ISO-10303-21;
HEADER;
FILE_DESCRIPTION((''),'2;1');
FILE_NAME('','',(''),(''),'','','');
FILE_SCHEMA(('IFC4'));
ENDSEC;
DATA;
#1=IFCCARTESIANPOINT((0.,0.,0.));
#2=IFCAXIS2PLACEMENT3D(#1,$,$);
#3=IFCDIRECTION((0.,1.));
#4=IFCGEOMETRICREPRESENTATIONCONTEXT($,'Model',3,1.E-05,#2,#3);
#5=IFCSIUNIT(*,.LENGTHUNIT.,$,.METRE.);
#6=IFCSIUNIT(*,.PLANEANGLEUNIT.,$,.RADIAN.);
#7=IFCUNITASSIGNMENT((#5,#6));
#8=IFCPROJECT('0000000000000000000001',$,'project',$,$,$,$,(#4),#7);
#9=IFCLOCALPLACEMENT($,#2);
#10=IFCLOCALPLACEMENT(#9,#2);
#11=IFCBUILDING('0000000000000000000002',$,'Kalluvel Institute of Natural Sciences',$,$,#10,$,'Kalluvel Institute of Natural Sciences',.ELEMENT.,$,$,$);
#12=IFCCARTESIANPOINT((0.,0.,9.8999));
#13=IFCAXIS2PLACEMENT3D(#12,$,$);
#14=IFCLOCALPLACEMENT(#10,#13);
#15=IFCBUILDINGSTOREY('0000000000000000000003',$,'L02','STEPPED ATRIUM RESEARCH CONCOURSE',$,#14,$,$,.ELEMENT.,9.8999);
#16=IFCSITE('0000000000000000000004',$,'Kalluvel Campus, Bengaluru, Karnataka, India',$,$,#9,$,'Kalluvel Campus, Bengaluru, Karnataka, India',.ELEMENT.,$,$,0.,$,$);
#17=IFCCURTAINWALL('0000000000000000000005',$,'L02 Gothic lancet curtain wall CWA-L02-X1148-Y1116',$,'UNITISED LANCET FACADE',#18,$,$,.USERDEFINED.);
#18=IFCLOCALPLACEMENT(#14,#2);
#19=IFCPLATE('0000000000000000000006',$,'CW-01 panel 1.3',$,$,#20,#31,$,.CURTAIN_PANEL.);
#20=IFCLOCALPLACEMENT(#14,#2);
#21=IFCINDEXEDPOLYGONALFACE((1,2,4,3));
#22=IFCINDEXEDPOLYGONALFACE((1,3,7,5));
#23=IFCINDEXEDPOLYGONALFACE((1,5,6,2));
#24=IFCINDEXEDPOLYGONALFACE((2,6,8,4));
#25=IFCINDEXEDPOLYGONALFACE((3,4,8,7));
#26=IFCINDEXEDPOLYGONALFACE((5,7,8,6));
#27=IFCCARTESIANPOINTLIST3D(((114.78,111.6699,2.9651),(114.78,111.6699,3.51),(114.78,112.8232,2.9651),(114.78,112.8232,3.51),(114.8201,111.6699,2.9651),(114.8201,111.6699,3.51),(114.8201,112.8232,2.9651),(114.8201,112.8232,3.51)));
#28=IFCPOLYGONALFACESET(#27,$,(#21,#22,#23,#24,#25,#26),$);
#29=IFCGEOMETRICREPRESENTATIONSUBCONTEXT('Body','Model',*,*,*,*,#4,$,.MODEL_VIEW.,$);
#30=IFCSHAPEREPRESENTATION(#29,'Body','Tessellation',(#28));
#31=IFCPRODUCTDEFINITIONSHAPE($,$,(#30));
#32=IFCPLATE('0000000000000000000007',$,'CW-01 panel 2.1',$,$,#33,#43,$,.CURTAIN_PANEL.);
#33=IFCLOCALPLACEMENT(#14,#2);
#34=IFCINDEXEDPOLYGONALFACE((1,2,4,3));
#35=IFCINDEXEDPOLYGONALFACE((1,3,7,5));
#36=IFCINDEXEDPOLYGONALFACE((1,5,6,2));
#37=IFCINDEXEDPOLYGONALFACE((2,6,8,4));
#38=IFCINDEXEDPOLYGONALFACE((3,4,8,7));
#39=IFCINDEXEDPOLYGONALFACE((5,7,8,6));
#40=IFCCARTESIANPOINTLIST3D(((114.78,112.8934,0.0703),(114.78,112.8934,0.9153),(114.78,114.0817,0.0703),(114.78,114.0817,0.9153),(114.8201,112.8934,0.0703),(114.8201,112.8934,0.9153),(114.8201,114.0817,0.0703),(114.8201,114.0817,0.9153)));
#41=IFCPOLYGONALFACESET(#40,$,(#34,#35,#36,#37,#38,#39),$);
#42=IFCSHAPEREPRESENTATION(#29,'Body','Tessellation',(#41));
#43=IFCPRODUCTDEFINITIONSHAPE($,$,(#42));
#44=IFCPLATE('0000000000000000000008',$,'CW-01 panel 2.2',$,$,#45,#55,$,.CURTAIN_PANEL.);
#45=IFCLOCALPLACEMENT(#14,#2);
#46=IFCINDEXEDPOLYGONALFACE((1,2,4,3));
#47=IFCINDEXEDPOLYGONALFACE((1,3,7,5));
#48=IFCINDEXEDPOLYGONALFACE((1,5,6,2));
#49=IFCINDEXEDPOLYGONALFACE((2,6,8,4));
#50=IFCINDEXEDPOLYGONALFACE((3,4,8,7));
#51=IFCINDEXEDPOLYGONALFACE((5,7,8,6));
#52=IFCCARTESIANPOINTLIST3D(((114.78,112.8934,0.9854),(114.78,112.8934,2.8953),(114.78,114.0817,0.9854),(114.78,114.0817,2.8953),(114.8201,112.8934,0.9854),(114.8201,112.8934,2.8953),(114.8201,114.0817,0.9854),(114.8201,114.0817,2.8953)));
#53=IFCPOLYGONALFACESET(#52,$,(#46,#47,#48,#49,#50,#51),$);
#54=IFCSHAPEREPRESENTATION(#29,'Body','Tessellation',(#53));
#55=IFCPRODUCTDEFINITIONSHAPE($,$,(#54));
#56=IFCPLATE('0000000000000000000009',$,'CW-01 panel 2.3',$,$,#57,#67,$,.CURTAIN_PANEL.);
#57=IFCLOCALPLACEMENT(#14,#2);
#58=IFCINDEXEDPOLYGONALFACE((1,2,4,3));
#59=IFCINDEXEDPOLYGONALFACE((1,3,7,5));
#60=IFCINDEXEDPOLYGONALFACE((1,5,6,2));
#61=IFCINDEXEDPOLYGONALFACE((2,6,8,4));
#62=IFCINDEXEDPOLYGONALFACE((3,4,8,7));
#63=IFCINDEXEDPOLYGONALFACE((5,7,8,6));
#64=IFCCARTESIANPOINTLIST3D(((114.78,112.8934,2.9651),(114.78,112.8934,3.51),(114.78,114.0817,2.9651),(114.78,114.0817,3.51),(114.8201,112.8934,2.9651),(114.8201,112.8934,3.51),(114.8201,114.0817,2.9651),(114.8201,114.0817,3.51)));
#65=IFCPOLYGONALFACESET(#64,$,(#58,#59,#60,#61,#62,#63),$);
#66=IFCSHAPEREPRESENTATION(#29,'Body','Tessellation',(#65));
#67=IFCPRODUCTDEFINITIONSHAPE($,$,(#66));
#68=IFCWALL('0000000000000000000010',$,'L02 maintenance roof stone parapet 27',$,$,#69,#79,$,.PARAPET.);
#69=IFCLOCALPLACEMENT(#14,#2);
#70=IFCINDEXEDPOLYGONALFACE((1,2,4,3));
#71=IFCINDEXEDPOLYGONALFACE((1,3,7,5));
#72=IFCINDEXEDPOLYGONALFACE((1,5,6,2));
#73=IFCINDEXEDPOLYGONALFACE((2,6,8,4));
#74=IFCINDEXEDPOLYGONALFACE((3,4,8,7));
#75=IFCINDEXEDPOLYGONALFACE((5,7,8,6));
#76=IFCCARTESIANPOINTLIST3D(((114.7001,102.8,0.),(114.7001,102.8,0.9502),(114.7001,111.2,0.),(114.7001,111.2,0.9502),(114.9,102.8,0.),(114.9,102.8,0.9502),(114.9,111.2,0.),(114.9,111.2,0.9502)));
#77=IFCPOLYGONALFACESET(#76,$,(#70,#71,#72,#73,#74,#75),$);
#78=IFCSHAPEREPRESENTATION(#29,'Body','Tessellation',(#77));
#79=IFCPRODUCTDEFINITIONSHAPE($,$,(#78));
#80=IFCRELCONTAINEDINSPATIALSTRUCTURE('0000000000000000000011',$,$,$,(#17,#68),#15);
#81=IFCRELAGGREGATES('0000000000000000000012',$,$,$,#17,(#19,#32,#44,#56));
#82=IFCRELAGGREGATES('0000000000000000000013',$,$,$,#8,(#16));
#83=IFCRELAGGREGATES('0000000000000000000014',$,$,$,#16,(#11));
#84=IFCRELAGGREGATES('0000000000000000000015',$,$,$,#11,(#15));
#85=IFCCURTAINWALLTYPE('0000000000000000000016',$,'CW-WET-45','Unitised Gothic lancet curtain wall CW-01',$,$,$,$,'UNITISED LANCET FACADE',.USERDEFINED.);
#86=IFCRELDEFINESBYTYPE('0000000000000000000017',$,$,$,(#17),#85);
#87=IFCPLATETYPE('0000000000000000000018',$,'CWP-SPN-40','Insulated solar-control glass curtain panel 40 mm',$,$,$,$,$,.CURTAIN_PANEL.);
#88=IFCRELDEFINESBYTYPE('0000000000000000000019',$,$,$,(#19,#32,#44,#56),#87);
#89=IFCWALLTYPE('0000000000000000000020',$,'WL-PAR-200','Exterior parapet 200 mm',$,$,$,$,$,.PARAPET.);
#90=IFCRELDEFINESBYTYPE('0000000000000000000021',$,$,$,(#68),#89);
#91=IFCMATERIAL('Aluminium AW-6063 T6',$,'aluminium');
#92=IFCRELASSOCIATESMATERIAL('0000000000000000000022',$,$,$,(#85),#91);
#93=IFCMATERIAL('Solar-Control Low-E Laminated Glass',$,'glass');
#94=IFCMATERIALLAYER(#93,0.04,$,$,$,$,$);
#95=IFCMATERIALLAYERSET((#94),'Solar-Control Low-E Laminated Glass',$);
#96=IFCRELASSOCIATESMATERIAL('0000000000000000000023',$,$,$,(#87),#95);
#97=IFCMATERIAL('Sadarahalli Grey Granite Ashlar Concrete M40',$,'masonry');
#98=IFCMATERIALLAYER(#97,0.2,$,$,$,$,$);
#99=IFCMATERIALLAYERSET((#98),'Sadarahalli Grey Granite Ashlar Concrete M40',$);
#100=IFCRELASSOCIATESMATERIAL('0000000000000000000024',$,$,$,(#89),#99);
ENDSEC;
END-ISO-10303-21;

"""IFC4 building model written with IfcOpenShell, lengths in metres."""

from ifc_helpers import new_model, si_unit, direction, frame, frame_2d, origin, origin_2d, place, context, subcontext, project, spatial, rectangle, extrude, material, layer, layer_set, type_object, element, aggregate, save


model = new_model("IFC4")

# Units and contexts
model_context = context("Model", 3, precision=1e-05, world=origin(), true_north=direction((0.0, 1.0)))
body_context = subcontext(model_context, "Body", "Model", "MODEL_VIEW")
ifc_project = project(units=[si_unit("LENGTHUNIT", "METRE"), si_unit("PLANEANGLEUNIT", "RADIAN")], contexts=[model_context])

# Site, building, storey
site_placement = place(None, origin())
site = spatial("IfcSite", under=ifc_project, at=site_placement, Name="Kalluvel Campus, Bengaluru, Karnataka, India", LongName="Kalluvel Campus, Bengaluru, Karnataka, India", CompositionType="ELEMENT", RefElevation=0.0)
building_placement = place(site_placement, origin())
building = spatial("IfcBuilding", under=site, at=building_placement, Name="Kalluvel Institute of Natural Sciences", LongName="Kalluvel Institute of Natural Sciences", CompositionType="ELEMENT")
storey_placement = place(building_placement, frame((0.0, 0.0, 9.8999)))
storey = spatial("IfcBuildingStorey", under=building, at=storey_placement, Name="L02", Description="STEPPED ATRIUM RESEARCH CONCOURSE", CompositionType="ELEMENT", Elevation=9.8999)

# Shared definitions
ifc_material_1 = material(Name="Aluminium AW-6063 T6", Category="aluminium")
curtain_wall_type = type_object("IfcCurtainWallType", Name="CW-WET-45", Description="Unitised Gothic lancet curtain wall CW-01", ElementType="UNITISED LANCET FACADE", PredefinedType="USERDEFINED", material=ifc_material_1)

# Curtain wall
curtain_wall_1_placement = place(storey_placement, origin())
curtain_wall_1 = element("IfcCurtainWall", 1, at=curtain_wall_1_placement, inside=storey, type_object=curtain_wall_type, Name="L02 Gothic lancet curtain wall CWA-L02-X1148-Y1116", ObjectType="UNITISED LANCET FACADE", PredefinedType="USERDEFINED")

# Plates
ifc_material_2 = material(Name="Solar-Control Low-E Laminated Glass", Category="glass")
ifc_layer_1 = layer(ifc_material_2, 0.04)
ifc_layer_set_1 = layer_set([ifc_layer_1], Name="Solar-Control Low-E Laminated Glass")
plate_type = type_object("IfcPlateType", Name="CWP-SPN-40", Description="Insulated solar-control glass curtain panel 40 mm", PredefinedType="CURTAIN_PANEL", material=ifc_layer_set_1)
plate_1_placement = place(storey_placement, frame((114.8, 112.2466, 2.9651), z_axis=(0.0, 0.0, 1.0), x_axis=(0.0, 1.0, 0.0)))
plate_1 = element("IfcPlate", 2, at=plate_1_placement, type_object=plate_type, Name="CW-01 panel 1.3", PredefinedType="CURTAIN_PANEL", context=body_context, shape_type="SweptSolid", body=[
    extrude(rectangle(XDim=1.1533, YDim=0.04, at=origin_2d()), origin(), (0.0, 0.0, 1.0), 0.5449),
])
plate_2_placement = place(storey_placement, frame((114.8, 113.4875, 0.0703), z_axis=(0.0, 0.0, 1.0), x_axis=(0.0, 1.0, 0.0)))
plate_2 = element("IfcPlate", 3, at=plate_2_placement, type_object=plate_type, Name="CW-01 panel 2.1", PredefinedType="CURTAIN_PANEL", context=body_context, shape_type="SweptSolid", body=[
    extrude(rectangle(XDim=1.1882, YDim=0.04, at=origin_2d()), origin(), (0.0, 0.0, 1.0), 0.845),
])
plate_3_placement = place(storey_placement, frame((114.8, 113.4875, 0.9854), z_axis=(0.0, 0.0, 1.0), x_axis=(0.0, 1.0, 0.0)))
plate_3 = element("IfcPlate", 4, at=plate_3_placement, type_object=plate_type, Name="CW-01 panel 2.2", PredefinedType="CURTAIN_PANEL", context=body_context, shape_type="SweptSolid", body=[
    extrude(rectangle(XDim=1.1882, YDim=0.04, at=origin_2d()), origin(), (0.0, 0.0, 1.0), 1.9099),
])
plate_4_placement = place(storey_placement, frame((114.8, 113.4875, 2.9651), z_axis=(0.0, 0.0, 1.0), x_axis=(0.0, 1.0, 0.0)))
plate_4 = element("IfcPlate", 5, at=plate_4_placement, type_object=plate_type, Name="CW-01 panel 2.3", PredefinedType="CURTAIN_PANEL", context=body_context, shape_type="SweptSolid", body=[
    extrude(rectangle(XDim=1.1882, YDim=0.04, at=origin_2d()), origin(), (0.0, 0.0, 1.0), 0.5449),
])
aggregate(curtain_wall_1, [plate_1, plate_2, plate_3, plate_4])

# Wall
ifc_material_3 = material(Name="Sadarahalli Grey Granite Ashlar Concrete M40", Category="masonry")
ifc_layer_2 = layer(ifc_material_3, 0.2)
ifc_layer_set_2 = layer_set([ifc_layer_2], Name="Sadarahalli Grey Granite Ashlar Concrete M40")
wall_type = type_object("IfcWallType", Name="WL-PAR-200", Description="Exterior parapet 200 mm", PredefinedType="PARAPET", material=ifc_layer_set_2)
wall_placement = place(storey_placement, frame((114.8, 111.2, 0.0), z_axis=(0.0, 0.0, 1.0), x_axis=(0.0, -1.0, 0.0)))
element("IfcWall", 6, at=wall_placement, inside=storey, type_object=wall_type, Name="L02 maintenance roof stone parapet 27", PredefinedType="PARAPET", context=body_context, shape_type="SweptSolid", body=[
    extrude(rectangle(XDim=8.3999, YDim=0.2, at=frame_2d((4.2, 0.0))), origin(), (0.0, 0.0, 1.0), 0.9502),
])

save(model, "model.ifc")
